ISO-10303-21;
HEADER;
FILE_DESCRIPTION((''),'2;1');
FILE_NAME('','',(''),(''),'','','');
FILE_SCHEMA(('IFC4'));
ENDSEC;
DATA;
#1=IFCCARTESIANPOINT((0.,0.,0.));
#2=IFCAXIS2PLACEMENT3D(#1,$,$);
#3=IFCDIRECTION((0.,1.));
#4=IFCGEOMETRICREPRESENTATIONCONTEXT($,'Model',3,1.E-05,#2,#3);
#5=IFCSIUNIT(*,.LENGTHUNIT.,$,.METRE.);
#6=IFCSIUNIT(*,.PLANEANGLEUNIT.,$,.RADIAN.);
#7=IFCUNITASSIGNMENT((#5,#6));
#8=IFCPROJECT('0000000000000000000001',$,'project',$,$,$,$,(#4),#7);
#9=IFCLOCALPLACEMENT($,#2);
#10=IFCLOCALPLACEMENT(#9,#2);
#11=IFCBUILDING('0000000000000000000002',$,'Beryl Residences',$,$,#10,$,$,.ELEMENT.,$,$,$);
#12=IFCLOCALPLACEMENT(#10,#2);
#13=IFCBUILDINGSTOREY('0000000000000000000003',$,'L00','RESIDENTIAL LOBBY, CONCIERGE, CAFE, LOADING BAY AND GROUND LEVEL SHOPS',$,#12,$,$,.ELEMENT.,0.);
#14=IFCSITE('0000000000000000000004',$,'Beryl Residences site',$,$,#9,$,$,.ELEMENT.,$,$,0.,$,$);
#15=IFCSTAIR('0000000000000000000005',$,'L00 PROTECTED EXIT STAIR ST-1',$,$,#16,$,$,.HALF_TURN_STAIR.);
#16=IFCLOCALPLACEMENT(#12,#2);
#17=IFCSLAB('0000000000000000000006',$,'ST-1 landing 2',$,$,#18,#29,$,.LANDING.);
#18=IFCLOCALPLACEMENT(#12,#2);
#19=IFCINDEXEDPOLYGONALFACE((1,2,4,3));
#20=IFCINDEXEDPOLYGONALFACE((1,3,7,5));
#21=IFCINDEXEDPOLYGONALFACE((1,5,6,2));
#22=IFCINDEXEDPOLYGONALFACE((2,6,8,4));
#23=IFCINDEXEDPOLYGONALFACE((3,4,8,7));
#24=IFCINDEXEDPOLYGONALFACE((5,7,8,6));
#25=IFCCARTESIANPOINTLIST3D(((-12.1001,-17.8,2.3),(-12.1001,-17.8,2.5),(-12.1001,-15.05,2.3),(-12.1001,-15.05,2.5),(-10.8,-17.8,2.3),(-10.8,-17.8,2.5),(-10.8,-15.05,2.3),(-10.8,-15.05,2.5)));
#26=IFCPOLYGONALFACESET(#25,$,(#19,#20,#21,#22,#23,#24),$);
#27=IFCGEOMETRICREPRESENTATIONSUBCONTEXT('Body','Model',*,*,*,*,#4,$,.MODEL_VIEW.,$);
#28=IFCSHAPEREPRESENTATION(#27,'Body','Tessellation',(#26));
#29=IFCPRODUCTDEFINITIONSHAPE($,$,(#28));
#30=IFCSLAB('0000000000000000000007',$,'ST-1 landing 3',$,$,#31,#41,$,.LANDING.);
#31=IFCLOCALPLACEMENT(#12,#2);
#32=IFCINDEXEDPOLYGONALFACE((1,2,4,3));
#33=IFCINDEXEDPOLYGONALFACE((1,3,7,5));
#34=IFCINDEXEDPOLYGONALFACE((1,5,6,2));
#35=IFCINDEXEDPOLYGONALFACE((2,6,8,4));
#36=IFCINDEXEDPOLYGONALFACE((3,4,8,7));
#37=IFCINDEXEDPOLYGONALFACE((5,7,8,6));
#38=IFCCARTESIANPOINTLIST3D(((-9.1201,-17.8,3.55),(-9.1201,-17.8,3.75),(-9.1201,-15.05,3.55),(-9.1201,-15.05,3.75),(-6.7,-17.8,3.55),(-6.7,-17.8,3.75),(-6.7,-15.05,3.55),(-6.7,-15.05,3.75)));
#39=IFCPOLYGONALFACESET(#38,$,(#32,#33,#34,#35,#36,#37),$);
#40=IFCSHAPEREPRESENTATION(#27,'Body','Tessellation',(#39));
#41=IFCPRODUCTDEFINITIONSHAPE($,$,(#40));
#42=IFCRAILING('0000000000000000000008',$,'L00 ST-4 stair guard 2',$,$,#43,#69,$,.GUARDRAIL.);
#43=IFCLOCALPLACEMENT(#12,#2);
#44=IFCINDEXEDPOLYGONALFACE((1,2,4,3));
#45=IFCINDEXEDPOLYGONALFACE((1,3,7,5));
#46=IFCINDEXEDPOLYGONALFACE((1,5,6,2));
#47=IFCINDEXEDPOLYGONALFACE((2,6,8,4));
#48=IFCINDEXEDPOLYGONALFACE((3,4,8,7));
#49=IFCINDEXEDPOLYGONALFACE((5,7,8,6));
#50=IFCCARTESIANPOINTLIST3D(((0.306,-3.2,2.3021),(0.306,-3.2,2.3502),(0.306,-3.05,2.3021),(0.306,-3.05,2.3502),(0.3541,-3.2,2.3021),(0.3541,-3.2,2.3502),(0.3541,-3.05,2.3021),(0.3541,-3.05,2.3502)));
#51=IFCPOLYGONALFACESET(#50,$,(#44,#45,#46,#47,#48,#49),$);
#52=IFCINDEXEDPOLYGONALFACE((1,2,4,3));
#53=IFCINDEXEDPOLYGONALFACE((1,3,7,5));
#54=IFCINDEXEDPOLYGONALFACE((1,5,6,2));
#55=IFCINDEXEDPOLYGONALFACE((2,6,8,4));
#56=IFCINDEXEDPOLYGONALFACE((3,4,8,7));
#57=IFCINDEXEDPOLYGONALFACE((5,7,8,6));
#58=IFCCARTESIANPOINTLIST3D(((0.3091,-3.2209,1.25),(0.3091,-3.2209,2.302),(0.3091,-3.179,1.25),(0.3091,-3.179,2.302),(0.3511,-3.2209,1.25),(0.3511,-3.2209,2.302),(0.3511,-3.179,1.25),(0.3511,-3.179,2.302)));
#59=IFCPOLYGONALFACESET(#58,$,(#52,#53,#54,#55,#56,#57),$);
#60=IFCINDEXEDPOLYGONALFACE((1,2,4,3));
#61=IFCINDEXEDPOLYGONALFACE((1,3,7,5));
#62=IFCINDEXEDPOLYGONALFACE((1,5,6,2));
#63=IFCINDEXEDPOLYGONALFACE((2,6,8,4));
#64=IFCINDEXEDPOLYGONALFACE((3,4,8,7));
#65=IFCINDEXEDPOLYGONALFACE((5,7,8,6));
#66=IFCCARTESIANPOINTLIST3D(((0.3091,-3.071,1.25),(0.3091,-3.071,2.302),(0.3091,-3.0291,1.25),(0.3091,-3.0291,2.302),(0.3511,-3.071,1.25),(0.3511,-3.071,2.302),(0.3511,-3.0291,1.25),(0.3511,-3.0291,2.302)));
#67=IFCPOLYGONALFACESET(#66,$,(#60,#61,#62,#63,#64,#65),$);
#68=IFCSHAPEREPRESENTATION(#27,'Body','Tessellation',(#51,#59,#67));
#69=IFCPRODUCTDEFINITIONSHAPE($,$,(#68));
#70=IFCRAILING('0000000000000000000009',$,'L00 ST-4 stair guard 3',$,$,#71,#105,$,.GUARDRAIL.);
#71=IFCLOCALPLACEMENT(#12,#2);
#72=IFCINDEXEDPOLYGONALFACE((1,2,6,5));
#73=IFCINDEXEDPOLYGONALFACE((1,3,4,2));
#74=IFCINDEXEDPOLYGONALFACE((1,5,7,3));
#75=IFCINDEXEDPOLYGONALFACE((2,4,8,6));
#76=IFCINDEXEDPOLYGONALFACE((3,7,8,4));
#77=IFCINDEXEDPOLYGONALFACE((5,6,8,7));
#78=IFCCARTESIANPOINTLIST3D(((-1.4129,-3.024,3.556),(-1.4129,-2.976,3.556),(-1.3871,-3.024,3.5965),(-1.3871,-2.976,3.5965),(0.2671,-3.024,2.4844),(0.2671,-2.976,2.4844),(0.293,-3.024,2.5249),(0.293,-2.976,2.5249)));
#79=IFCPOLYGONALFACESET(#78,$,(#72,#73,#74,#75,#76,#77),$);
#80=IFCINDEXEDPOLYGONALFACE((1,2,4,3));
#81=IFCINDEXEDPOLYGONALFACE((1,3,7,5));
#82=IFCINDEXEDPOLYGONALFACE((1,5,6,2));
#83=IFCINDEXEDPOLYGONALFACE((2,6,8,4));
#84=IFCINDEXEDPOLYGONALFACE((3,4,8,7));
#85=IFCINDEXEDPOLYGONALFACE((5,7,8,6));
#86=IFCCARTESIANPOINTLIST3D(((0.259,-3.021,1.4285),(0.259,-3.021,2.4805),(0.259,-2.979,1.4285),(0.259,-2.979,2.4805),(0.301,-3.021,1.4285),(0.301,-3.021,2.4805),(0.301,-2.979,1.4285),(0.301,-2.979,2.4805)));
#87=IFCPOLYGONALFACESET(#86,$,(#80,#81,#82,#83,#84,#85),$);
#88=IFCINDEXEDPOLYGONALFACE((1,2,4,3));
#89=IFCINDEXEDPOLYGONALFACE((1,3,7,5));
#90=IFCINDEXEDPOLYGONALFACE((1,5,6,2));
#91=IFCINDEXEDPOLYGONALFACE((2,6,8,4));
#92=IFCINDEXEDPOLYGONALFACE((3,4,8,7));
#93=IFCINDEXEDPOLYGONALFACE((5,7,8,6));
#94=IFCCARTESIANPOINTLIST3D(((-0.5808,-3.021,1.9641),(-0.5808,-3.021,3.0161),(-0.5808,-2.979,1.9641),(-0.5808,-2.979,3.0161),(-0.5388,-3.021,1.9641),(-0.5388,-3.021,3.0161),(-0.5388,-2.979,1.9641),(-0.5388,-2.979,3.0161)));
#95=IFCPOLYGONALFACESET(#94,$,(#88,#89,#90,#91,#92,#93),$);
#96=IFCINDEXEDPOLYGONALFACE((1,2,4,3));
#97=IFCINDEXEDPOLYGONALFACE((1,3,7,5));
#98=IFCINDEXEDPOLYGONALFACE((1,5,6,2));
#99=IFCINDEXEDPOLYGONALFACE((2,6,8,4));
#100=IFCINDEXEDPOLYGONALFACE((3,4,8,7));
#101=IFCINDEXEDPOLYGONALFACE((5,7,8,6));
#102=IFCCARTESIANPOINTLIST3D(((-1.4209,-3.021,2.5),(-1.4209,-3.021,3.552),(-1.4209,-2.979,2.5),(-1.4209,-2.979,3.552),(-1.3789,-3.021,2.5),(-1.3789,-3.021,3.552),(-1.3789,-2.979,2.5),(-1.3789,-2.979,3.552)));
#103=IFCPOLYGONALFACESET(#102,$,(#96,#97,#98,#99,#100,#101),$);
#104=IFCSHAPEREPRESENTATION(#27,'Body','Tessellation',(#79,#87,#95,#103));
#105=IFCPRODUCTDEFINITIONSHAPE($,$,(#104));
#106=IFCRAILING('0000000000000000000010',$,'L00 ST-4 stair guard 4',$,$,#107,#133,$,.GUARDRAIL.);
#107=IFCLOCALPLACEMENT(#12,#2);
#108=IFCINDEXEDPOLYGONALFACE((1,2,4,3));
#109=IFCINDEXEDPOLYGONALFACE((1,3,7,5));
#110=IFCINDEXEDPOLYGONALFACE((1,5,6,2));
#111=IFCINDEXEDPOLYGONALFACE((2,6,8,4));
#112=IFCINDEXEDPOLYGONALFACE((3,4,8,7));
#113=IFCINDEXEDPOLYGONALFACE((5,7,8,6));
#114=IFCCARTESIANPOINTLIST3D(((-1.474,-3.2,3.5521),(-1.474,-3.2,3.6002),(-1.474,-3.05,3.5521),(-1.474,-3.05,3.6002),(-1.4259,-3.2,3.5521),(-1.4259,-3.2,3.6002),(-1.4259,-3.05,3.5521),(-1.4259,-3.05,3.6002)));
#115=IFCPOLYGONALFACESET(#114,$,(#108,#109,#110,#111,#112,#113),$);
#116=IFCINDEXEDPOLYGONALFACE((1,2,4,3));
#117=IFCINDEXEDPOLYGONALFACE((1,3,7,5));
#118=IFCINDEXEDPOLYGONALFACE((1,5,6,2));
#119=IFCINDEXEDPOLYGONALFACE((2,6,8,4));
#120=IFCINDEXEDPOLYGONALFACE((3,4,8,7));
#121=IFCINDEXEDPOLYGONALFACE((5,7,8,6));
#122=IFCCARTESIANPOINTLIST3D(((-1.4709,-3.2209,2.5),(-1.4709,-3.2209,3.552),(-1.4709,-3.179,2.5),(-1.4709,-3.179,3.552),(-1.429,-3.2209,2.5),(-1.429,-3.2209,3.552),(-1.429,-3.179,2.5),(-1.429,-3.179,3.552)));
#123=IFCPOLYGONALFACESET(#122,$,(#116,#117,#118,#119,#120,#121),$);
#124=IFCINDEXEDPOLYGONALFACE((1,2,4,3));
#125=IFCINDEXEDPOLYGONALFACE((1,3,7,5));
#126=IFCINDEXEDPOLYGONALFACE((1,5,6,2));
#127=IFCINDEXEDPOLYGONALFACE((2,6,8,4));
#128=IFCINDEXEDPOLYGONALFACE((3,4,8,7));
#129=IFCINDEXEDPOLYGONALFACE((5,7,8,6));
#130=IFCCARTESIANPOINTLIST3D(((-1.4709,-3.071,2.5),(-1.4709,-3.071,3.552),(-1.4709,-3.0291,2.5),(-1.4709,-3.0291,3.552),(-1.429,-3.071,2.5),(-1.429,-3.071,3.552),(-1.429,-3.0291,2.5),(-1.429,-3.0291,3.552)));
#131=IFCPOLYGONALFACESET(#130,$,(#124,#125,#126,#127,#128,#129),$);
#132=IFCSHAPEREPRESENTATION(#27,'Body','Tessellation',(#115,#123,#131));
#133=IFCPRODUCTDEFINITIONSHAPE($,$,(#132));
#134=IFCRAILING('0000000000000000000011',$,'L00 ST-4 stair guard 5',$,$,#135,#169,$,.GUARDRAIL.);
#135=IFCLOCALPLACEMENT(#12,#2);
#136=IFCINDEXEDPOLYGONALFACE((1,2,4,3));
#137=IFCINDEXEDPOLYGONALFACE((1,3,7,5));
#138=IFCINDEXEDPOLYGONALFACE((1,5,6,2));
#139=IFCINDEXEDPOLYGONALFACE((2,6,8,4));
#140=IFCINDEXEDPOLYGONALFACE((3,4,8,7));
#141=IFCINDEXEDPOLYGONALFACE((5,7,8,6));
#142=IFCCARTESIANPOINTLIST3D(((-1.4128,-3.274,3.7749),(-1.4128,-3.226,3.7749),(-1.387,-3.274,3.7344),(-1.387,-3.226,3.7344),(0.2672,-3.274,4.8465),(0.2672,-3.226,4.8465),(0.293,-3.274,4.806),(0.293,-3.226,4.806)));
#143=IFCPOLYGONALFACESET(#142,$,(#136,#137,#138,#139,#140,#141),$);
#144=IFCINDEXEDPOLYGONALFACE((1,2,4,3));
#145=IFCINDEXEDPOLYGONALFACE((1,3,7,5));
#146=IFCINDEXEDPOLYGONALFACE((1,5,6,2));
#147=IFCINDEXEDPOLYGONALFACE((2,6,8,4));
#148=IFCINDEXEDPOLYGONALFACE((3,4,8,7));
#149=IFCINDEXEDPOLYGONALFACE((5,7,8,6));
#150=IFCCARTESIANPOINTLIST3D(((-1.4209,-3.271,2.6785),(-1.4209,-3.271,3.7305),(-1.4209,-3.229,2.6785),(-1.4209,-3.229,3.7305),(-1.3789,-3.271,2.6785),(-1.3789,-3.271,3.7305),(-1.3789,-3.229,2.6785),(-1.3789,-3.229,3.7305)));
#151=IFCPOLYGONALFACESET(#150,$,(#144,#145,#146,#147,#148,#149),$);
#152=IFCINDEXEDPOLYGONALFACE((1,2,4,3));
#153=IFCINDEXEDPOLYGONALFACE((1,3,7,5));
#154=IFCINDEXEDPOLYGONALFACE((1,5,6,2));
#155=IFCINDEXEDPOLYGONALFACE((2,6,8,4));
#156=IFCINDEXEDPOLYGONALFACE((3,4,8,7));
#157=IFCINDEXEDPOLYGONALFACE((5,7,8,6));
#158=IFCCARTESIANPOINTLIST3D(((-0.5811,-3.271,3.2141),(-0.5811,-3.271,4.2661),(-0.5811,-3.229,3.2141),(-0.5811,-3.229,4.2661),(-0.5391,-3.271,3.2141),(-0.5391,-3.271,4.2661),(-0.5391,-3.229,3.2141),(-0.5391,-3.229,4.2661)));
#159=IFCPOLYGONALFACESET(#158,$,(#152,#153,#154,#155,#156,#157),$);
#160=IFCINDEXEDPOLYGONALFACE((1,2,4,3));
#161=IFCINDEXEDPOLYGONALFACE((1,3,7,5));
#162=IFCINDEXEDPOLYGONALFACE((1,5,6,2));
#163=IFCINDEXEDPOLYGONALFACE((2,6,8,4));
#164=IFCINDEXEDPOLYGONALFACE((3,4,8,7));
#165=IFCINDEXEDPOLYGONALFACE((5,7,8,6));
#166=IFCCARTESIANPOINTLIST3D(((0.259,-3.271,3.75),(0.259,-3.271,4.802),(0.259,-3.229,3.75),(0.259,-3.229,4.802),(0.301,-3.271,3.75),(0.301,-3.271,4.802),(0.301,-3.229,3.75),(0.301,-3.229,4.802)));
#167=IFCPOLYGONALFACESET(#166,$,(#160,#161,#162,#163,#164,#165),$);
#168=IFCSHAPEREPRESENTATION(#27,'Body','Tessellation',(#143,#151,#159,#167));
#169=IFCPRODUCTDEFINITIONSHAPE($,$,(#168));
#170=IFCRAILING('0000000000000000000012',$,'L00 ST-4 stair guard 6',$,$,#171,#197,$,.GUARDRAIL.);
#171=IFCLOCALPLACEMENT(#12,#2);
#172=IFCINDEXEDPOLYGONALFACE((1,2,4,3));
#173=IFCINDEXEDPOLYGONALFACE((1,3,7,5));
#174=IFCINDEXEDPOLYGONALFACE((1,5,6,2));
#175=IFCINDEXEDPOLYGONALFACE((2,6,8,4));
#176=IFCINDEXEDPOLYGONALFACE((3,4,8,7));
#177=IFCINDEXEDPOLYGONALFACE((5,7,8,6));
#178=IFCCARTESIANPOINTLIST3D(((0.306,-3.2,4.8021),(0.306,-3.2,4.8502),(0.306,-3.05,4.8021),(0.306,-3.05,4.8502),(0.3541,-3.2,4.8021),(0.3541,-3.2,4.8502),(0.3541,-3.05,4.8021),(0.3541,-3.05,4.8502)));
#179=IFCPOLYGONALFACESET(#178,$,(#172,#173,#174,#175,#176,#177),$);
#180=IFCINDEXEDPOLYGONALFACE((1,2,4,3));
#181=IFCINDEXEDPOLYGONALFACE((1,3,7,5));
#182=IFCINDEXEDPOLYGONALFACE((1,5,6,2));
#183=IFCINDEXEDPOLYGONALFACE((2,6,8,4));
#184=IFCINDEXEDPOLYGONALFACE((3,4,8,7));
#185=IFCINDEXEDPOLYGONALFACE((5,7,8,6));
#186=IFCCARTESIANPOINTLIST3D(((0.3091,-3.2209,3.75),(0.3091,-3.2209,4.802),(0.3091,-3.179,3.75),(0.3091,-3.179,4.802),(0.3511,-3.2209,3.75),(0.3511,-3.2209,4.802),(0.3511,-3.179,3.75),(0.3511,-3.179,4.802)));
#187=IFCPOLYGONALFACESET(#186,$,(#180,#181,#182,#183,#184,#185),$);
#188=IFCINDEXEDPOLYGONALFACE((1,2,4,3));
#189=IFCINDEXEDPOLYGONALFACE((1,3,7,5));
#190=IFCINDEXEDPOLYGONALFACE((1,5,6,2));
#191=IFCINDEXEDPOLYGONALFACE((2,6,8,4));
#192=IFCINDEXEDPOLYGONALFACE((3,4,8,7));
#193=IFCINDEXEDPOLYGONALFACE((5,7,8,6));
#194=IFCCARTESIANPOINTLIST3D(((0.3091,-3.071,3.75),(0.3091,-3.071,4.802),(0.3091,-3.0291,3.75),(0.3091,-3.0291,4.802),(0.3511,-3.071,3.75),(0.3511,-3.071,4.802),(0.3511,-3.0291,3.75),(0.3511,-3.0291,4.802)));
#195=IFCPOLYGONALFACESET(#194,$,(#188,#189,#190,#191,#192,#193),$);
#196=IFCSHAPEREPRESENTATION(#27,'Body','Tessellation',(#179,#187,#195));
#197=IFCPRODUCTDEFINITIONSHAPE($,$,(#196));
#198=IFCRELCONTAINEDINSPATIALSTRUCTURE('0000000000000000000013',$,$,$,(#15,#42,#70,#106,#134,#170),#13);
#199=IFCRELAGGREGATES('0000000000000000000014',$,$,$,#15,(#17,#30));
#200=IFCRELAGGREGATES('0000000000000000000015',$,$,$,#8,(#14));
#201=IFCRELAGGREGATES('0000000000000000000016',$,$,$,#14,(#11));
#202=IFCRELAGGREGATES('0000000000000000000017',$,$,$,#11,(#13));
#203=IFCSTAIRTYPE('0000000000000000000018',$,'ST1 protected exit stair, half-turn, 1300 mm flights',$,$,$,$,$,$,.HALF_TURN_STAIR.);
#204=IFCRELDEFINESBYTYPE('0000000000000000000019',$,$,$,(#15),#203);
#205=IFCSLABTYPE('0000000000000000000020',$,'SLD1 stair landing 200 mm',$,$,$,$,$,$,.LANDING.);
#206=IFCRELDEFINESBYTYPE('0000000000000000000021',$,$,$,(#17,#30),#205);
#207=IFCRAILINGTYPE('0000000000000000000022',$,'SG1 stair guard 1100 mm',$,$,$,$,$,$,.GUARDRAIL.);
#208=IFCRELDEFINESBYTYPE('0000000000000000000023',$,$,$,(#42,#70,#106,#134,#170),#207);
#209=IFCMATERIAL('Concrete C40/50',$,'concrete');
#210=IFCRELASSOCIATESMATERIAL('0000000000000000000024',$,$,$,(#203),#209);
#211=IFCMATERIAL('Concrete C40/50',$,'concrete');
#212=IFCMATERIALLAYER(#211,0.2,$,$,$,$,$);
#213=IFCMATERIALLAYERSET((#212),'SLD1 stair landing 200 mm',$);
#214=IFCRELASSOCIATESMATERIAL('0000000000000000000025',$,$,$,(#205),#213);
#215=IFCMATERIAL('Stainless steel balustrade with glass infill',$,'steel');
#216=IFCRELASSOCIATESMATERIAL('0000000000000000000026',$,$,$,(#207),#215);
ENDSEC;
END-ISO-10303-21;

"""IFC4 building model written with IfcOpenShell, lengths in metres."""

from ifc_helpers import new_model, si_unit, direction, frame, origin, origin_2d, place, context, subcontext, project, spatial, polyline, rectangle, outline, extrude, material, layer, layer_set, type_object, element, aggregate, save


model = new_model("IFC4")

# Units and contexts
model_context = context("Model", 3, precision=1e-05, world=origin(), true_north=direction((0.0, 1.0)))
body_context = subcontext(model_context, "Body", "Model", "MODEL_VIEW")
ifc_project = project(units=[si_unit("LENGTHUNIT", "METRE"), si_unit("PLANEANGLEUNIT", "RADIAN")], contexts=[model_context])

# Site, building, storey
site_placement = place(None, origin())
site = spatial("IfcSite", under=ifc_project, at=site_placement, Name="Beryl Residences site", CompositionType="ELEMENT", RefElevation=0.0)
building_placement = place(site_placement, origin())
building = spatial("IfcBuilding", under=site, at=building_placement, Name="Beryl Residences", CompositionType="ELEMENT")
storey_placement = place(building_placement, origin())
storey = spatial("IfcBuildingStorey", under=building, at=storey_placement, Name="L00", Description="RESIDENTIAL LOBBY, CONCIERGE, CAFE, LOADING BAY AND GROUND LEVEL SHOPS", CompositionType="ELEMENT", Elevation=0.0)

# Stair, slabs
ifc_material_1 = material(Name="Concrete C40/50", Category="concrete")
stair_type_1 = type_object("IfcStairType", Name="ST1 protected exit stair, half-turn, 1300 mm flights", PredefinedType="HALF_TURN_STAIR", material=ifc_material_1)
ifc_material_2 = material(Name="Concrete C40/50", Category="concrete")
ifc_layer_1 = layer(ifc_material_2, 0.2)
ifc_layer_set_1 = layer_set([ifc_layer_1], Name="SLD1 stair landing 200 mm")
slab_type_1 = type_object("IfcSlabType", Name="SLD1 stair landing 200 mm", PredefinedType="LANDING", material=ifc_layer_set_1)
stair_1_placement = place(storey_placement, origin())
stair_1 = element("IfcStair", 1, at=stair_1_placement, inside=storey, type_object=stair_type_1, Name="L00 PROTECTED EXIT STAIR ST-1", PredefinedType="HALF_TURN_STAIR")
slab_1_placement = place(storey_placement, frame((0.0, 0.0, 2.3)))
slab_1 = element("IfcSlab", 2, at=slab_1_placement, type_object=slab_type_1, Name="ST-1 landing 2", PredefinedType="LANDING", context=body_context, shape_type="SweptSolid", body=[
    extrude(outline(polyline([(-12.1001, -17.8), (-10.8, -17.8), (-10.8, -15.05), (-12.1001, -15.05), (-12.1001, -17.8)])), origin(), (0.0, 0.0, 1.0), 0.2),
])
slab_2_placement = place(storey_placement, frame((0.0, 0.0, 3.55)))
slab_2 = element("IfcSlab", 3, at=slab_2_placement, type_object=slab_type_1, Name="ST-1 landing 3", PredefinedType="LANDING", context=body_context, shape_type="SweptSolid", body=[
    extrude(outline(polyline([(-9.1201, -17.8), (-6.7, -17.8), (-6.7, -15.05), (-9.1201, -15.05), (-9.1201, -17.8)])), origin(), (0.0, 0.0, 1.0), 0.2),
])
aggregate(stair_1, [slab_1, slab_2])

# Railings
ifc_material_3 = material(Name="Stainless steel balustrade with glass infill", Category="steel")
railing_type_1 = type_object("IfcRailingType", Name="SG1 stair guard 1100 mm", PredefinedType="GUARDRAIL", material=ifc_material_3)
railing_1_placement = place(storey_placement, frame((0.3301, -3.2, 1.25)))
element("IfcRailing", 4, at=railing_1_placement, inside=storey, type_object=railing_type_1, Name="L00 ST-4 stair guard 2", PredefinedType="GUARDRAIL", context=body_context, shape_type="SweptSolid", body=[
    extrude(rectangle(XDim=0.0481, YDim=0.0481, at=origin_2d()), frame((0.0, 0.0, 1.0762), z_axis=(0.0, 1.0, 0.0), x_axis=(-1.0, 0.0, 0.0)), (0.0, 0.0, 1.0), 0.1499),
    extrude(rectangle(XDim=0.042, YDim=0.042, at=origin_2d()), origin(), (0.0, 0.0, 1.0), 1.052),
    extrude(rectangle(XDim=0.042, YDim=0.042, at=origin_2d()), frame((0.0, 0.1499, 0.0)), (0.0, 0.0, 1.0), 1.052),
])
railing_2_placement = place(storey_placement, frame((0.28, -3.0, 1.4285)))
element("IfcRailing", 5, at=railing_2_placement, inside=storey, type_object=railing_type_1, Name="L00 ST-4 stair guard 3", PredefinedType="GUARDRAIL", context=body_context, shape_type="SweptSolid", body=[
    extrude(rectangle(XDim=0.0481, YDim=0.0481, at=origin_2d()), frame((0.0, 0.0, 1.0762), z_axis=(-0.843096, 0.0, 0.537763), x_axis=(0.0, -1.0, 0.0)), (0.0, 0.0, 1.0), 1.9927),
    extrude(rectangle(XDim=0.042, YDim=0.042, at=origin_2d()), origin(), (0.0, 0.0, 1.0), 1.052),
    extrude(rectangle(XDim=0.042, YDim=0.042, at=origin_2d()), frame((-0.8398, 0.0, 0.5356)), (0.0, 0.0, 1.0), 1.052),
    extrude(rectangle(XDim=0.042, YDim=0.042, at=origin_2d()), frame((-1.6799, 0.0, 1.0715)), (0.0, 0.0, 1.0), 1.052),
])
railing_3_placement = place(storey_placement, frame((-1.45, -3.2, 2.5)))
element("IfcRailing", 6, at=railing_3_placement, inside=storey, type_object=railing_type_1, Name="L00 ST-4 stair guard 4", PredefinedType="GUARDRAIL", context=body_context, shape_type="SweptSolid", body=[
    extrude(rectangle(XDim=0.0481, YDim=0.0481, at=origin_2d()), frame((0.0, 0.0, 1.0762), z_axis=(0.0, 1.0, 0.0), x_axis=(-1.0, 0.0, 0.0)), (0.0, 0.0, 1.0), 0.1499),
    extrude(rectangle(XDim=0.042, YDim=0.042, at=origin_2d()), origin(), (0.0, 0.0, 1.0), 1.052),
    extrude(rectangle(XDim=0.042, YDim=0.042, at=origin_2d()), frame((0.0, 0.1499, 0.0)), (0.0, 0.0, 1.0), 1.052),
])
railing_4_placement = place(storey_placement, frame((-1.3999, -3.25, 2.6785)))
element("IfcRailing", 7, at=railing_4_placement, inside=storey, type_object=railing_type_1, Name="L00 ST-4 stair guard 5", PredefinedType="GUARDRAIL", context=body_context, shape_type="SweptSolid", body=[
    extrude(rectangle(XDim=0.0481, YDim=0.0481, at=origin_2d()), frame((0.0, 0.0, 1.0762), z_axis=(0.843096, 0.0, 0.537763), x_axis=(0.0, 1.0, 0.0)), (0.0, 0.0, 1.0), 1.9927),
    extrude(rectangle(XDim=0.042, YDim=0.042, at=origin_2d()), origin(), (0.0, 0.0, 1.0), 1.052),
    extrude(rectangle(XDim=0.042, YDim=0.042, at=origin_2d()), frame((0.8398, 0.0, 0.5356)), (0.0, 0.0, 1.0), 1.052),
    extrude(rectangle(XDim=0.042, YDim=0.042, at=origin_2d()), frame((1.6799, 0.0, 1.0715)), (0.0, 0.0, 1.0), 1.052),
])
railing_5_placement = place(storey_placement, frame((0.3301, -3.2, 3.75)))
element("IfcRailing", 8, at=railing_5_placement, inside=storey, type_object=railing_type_1, Name="L00 ST-4 stair guard 6", PredefinedType="GUARDRAIL", context=body_context, shape_type="SweptSolid", body=[
    extrude(rectangle(XDim=0.0481, YDim=0.0481, at=origin_2d()), frame((0.0, 0.0, 1.0762), z_axis=(0.0, 1.0, 0.0), x_axis=(-1.0, 0.0, 0.0)), (0.0, 0.0, 1.0), 0.1499),
    extrude(rectangle(XDim=0.042, YDim=0.042, at=origin_2d()), origin(), (0.0, 0.0, 1.0), 1.052),
    extrude(rectangle(XDim=0.042, YDim=0.042, at=origin_2d()), frame((0.0, 0.1499, 0.0)), (0.0, 0.0, 1.0), 1.052),
])

save(model, "model.ifc")
